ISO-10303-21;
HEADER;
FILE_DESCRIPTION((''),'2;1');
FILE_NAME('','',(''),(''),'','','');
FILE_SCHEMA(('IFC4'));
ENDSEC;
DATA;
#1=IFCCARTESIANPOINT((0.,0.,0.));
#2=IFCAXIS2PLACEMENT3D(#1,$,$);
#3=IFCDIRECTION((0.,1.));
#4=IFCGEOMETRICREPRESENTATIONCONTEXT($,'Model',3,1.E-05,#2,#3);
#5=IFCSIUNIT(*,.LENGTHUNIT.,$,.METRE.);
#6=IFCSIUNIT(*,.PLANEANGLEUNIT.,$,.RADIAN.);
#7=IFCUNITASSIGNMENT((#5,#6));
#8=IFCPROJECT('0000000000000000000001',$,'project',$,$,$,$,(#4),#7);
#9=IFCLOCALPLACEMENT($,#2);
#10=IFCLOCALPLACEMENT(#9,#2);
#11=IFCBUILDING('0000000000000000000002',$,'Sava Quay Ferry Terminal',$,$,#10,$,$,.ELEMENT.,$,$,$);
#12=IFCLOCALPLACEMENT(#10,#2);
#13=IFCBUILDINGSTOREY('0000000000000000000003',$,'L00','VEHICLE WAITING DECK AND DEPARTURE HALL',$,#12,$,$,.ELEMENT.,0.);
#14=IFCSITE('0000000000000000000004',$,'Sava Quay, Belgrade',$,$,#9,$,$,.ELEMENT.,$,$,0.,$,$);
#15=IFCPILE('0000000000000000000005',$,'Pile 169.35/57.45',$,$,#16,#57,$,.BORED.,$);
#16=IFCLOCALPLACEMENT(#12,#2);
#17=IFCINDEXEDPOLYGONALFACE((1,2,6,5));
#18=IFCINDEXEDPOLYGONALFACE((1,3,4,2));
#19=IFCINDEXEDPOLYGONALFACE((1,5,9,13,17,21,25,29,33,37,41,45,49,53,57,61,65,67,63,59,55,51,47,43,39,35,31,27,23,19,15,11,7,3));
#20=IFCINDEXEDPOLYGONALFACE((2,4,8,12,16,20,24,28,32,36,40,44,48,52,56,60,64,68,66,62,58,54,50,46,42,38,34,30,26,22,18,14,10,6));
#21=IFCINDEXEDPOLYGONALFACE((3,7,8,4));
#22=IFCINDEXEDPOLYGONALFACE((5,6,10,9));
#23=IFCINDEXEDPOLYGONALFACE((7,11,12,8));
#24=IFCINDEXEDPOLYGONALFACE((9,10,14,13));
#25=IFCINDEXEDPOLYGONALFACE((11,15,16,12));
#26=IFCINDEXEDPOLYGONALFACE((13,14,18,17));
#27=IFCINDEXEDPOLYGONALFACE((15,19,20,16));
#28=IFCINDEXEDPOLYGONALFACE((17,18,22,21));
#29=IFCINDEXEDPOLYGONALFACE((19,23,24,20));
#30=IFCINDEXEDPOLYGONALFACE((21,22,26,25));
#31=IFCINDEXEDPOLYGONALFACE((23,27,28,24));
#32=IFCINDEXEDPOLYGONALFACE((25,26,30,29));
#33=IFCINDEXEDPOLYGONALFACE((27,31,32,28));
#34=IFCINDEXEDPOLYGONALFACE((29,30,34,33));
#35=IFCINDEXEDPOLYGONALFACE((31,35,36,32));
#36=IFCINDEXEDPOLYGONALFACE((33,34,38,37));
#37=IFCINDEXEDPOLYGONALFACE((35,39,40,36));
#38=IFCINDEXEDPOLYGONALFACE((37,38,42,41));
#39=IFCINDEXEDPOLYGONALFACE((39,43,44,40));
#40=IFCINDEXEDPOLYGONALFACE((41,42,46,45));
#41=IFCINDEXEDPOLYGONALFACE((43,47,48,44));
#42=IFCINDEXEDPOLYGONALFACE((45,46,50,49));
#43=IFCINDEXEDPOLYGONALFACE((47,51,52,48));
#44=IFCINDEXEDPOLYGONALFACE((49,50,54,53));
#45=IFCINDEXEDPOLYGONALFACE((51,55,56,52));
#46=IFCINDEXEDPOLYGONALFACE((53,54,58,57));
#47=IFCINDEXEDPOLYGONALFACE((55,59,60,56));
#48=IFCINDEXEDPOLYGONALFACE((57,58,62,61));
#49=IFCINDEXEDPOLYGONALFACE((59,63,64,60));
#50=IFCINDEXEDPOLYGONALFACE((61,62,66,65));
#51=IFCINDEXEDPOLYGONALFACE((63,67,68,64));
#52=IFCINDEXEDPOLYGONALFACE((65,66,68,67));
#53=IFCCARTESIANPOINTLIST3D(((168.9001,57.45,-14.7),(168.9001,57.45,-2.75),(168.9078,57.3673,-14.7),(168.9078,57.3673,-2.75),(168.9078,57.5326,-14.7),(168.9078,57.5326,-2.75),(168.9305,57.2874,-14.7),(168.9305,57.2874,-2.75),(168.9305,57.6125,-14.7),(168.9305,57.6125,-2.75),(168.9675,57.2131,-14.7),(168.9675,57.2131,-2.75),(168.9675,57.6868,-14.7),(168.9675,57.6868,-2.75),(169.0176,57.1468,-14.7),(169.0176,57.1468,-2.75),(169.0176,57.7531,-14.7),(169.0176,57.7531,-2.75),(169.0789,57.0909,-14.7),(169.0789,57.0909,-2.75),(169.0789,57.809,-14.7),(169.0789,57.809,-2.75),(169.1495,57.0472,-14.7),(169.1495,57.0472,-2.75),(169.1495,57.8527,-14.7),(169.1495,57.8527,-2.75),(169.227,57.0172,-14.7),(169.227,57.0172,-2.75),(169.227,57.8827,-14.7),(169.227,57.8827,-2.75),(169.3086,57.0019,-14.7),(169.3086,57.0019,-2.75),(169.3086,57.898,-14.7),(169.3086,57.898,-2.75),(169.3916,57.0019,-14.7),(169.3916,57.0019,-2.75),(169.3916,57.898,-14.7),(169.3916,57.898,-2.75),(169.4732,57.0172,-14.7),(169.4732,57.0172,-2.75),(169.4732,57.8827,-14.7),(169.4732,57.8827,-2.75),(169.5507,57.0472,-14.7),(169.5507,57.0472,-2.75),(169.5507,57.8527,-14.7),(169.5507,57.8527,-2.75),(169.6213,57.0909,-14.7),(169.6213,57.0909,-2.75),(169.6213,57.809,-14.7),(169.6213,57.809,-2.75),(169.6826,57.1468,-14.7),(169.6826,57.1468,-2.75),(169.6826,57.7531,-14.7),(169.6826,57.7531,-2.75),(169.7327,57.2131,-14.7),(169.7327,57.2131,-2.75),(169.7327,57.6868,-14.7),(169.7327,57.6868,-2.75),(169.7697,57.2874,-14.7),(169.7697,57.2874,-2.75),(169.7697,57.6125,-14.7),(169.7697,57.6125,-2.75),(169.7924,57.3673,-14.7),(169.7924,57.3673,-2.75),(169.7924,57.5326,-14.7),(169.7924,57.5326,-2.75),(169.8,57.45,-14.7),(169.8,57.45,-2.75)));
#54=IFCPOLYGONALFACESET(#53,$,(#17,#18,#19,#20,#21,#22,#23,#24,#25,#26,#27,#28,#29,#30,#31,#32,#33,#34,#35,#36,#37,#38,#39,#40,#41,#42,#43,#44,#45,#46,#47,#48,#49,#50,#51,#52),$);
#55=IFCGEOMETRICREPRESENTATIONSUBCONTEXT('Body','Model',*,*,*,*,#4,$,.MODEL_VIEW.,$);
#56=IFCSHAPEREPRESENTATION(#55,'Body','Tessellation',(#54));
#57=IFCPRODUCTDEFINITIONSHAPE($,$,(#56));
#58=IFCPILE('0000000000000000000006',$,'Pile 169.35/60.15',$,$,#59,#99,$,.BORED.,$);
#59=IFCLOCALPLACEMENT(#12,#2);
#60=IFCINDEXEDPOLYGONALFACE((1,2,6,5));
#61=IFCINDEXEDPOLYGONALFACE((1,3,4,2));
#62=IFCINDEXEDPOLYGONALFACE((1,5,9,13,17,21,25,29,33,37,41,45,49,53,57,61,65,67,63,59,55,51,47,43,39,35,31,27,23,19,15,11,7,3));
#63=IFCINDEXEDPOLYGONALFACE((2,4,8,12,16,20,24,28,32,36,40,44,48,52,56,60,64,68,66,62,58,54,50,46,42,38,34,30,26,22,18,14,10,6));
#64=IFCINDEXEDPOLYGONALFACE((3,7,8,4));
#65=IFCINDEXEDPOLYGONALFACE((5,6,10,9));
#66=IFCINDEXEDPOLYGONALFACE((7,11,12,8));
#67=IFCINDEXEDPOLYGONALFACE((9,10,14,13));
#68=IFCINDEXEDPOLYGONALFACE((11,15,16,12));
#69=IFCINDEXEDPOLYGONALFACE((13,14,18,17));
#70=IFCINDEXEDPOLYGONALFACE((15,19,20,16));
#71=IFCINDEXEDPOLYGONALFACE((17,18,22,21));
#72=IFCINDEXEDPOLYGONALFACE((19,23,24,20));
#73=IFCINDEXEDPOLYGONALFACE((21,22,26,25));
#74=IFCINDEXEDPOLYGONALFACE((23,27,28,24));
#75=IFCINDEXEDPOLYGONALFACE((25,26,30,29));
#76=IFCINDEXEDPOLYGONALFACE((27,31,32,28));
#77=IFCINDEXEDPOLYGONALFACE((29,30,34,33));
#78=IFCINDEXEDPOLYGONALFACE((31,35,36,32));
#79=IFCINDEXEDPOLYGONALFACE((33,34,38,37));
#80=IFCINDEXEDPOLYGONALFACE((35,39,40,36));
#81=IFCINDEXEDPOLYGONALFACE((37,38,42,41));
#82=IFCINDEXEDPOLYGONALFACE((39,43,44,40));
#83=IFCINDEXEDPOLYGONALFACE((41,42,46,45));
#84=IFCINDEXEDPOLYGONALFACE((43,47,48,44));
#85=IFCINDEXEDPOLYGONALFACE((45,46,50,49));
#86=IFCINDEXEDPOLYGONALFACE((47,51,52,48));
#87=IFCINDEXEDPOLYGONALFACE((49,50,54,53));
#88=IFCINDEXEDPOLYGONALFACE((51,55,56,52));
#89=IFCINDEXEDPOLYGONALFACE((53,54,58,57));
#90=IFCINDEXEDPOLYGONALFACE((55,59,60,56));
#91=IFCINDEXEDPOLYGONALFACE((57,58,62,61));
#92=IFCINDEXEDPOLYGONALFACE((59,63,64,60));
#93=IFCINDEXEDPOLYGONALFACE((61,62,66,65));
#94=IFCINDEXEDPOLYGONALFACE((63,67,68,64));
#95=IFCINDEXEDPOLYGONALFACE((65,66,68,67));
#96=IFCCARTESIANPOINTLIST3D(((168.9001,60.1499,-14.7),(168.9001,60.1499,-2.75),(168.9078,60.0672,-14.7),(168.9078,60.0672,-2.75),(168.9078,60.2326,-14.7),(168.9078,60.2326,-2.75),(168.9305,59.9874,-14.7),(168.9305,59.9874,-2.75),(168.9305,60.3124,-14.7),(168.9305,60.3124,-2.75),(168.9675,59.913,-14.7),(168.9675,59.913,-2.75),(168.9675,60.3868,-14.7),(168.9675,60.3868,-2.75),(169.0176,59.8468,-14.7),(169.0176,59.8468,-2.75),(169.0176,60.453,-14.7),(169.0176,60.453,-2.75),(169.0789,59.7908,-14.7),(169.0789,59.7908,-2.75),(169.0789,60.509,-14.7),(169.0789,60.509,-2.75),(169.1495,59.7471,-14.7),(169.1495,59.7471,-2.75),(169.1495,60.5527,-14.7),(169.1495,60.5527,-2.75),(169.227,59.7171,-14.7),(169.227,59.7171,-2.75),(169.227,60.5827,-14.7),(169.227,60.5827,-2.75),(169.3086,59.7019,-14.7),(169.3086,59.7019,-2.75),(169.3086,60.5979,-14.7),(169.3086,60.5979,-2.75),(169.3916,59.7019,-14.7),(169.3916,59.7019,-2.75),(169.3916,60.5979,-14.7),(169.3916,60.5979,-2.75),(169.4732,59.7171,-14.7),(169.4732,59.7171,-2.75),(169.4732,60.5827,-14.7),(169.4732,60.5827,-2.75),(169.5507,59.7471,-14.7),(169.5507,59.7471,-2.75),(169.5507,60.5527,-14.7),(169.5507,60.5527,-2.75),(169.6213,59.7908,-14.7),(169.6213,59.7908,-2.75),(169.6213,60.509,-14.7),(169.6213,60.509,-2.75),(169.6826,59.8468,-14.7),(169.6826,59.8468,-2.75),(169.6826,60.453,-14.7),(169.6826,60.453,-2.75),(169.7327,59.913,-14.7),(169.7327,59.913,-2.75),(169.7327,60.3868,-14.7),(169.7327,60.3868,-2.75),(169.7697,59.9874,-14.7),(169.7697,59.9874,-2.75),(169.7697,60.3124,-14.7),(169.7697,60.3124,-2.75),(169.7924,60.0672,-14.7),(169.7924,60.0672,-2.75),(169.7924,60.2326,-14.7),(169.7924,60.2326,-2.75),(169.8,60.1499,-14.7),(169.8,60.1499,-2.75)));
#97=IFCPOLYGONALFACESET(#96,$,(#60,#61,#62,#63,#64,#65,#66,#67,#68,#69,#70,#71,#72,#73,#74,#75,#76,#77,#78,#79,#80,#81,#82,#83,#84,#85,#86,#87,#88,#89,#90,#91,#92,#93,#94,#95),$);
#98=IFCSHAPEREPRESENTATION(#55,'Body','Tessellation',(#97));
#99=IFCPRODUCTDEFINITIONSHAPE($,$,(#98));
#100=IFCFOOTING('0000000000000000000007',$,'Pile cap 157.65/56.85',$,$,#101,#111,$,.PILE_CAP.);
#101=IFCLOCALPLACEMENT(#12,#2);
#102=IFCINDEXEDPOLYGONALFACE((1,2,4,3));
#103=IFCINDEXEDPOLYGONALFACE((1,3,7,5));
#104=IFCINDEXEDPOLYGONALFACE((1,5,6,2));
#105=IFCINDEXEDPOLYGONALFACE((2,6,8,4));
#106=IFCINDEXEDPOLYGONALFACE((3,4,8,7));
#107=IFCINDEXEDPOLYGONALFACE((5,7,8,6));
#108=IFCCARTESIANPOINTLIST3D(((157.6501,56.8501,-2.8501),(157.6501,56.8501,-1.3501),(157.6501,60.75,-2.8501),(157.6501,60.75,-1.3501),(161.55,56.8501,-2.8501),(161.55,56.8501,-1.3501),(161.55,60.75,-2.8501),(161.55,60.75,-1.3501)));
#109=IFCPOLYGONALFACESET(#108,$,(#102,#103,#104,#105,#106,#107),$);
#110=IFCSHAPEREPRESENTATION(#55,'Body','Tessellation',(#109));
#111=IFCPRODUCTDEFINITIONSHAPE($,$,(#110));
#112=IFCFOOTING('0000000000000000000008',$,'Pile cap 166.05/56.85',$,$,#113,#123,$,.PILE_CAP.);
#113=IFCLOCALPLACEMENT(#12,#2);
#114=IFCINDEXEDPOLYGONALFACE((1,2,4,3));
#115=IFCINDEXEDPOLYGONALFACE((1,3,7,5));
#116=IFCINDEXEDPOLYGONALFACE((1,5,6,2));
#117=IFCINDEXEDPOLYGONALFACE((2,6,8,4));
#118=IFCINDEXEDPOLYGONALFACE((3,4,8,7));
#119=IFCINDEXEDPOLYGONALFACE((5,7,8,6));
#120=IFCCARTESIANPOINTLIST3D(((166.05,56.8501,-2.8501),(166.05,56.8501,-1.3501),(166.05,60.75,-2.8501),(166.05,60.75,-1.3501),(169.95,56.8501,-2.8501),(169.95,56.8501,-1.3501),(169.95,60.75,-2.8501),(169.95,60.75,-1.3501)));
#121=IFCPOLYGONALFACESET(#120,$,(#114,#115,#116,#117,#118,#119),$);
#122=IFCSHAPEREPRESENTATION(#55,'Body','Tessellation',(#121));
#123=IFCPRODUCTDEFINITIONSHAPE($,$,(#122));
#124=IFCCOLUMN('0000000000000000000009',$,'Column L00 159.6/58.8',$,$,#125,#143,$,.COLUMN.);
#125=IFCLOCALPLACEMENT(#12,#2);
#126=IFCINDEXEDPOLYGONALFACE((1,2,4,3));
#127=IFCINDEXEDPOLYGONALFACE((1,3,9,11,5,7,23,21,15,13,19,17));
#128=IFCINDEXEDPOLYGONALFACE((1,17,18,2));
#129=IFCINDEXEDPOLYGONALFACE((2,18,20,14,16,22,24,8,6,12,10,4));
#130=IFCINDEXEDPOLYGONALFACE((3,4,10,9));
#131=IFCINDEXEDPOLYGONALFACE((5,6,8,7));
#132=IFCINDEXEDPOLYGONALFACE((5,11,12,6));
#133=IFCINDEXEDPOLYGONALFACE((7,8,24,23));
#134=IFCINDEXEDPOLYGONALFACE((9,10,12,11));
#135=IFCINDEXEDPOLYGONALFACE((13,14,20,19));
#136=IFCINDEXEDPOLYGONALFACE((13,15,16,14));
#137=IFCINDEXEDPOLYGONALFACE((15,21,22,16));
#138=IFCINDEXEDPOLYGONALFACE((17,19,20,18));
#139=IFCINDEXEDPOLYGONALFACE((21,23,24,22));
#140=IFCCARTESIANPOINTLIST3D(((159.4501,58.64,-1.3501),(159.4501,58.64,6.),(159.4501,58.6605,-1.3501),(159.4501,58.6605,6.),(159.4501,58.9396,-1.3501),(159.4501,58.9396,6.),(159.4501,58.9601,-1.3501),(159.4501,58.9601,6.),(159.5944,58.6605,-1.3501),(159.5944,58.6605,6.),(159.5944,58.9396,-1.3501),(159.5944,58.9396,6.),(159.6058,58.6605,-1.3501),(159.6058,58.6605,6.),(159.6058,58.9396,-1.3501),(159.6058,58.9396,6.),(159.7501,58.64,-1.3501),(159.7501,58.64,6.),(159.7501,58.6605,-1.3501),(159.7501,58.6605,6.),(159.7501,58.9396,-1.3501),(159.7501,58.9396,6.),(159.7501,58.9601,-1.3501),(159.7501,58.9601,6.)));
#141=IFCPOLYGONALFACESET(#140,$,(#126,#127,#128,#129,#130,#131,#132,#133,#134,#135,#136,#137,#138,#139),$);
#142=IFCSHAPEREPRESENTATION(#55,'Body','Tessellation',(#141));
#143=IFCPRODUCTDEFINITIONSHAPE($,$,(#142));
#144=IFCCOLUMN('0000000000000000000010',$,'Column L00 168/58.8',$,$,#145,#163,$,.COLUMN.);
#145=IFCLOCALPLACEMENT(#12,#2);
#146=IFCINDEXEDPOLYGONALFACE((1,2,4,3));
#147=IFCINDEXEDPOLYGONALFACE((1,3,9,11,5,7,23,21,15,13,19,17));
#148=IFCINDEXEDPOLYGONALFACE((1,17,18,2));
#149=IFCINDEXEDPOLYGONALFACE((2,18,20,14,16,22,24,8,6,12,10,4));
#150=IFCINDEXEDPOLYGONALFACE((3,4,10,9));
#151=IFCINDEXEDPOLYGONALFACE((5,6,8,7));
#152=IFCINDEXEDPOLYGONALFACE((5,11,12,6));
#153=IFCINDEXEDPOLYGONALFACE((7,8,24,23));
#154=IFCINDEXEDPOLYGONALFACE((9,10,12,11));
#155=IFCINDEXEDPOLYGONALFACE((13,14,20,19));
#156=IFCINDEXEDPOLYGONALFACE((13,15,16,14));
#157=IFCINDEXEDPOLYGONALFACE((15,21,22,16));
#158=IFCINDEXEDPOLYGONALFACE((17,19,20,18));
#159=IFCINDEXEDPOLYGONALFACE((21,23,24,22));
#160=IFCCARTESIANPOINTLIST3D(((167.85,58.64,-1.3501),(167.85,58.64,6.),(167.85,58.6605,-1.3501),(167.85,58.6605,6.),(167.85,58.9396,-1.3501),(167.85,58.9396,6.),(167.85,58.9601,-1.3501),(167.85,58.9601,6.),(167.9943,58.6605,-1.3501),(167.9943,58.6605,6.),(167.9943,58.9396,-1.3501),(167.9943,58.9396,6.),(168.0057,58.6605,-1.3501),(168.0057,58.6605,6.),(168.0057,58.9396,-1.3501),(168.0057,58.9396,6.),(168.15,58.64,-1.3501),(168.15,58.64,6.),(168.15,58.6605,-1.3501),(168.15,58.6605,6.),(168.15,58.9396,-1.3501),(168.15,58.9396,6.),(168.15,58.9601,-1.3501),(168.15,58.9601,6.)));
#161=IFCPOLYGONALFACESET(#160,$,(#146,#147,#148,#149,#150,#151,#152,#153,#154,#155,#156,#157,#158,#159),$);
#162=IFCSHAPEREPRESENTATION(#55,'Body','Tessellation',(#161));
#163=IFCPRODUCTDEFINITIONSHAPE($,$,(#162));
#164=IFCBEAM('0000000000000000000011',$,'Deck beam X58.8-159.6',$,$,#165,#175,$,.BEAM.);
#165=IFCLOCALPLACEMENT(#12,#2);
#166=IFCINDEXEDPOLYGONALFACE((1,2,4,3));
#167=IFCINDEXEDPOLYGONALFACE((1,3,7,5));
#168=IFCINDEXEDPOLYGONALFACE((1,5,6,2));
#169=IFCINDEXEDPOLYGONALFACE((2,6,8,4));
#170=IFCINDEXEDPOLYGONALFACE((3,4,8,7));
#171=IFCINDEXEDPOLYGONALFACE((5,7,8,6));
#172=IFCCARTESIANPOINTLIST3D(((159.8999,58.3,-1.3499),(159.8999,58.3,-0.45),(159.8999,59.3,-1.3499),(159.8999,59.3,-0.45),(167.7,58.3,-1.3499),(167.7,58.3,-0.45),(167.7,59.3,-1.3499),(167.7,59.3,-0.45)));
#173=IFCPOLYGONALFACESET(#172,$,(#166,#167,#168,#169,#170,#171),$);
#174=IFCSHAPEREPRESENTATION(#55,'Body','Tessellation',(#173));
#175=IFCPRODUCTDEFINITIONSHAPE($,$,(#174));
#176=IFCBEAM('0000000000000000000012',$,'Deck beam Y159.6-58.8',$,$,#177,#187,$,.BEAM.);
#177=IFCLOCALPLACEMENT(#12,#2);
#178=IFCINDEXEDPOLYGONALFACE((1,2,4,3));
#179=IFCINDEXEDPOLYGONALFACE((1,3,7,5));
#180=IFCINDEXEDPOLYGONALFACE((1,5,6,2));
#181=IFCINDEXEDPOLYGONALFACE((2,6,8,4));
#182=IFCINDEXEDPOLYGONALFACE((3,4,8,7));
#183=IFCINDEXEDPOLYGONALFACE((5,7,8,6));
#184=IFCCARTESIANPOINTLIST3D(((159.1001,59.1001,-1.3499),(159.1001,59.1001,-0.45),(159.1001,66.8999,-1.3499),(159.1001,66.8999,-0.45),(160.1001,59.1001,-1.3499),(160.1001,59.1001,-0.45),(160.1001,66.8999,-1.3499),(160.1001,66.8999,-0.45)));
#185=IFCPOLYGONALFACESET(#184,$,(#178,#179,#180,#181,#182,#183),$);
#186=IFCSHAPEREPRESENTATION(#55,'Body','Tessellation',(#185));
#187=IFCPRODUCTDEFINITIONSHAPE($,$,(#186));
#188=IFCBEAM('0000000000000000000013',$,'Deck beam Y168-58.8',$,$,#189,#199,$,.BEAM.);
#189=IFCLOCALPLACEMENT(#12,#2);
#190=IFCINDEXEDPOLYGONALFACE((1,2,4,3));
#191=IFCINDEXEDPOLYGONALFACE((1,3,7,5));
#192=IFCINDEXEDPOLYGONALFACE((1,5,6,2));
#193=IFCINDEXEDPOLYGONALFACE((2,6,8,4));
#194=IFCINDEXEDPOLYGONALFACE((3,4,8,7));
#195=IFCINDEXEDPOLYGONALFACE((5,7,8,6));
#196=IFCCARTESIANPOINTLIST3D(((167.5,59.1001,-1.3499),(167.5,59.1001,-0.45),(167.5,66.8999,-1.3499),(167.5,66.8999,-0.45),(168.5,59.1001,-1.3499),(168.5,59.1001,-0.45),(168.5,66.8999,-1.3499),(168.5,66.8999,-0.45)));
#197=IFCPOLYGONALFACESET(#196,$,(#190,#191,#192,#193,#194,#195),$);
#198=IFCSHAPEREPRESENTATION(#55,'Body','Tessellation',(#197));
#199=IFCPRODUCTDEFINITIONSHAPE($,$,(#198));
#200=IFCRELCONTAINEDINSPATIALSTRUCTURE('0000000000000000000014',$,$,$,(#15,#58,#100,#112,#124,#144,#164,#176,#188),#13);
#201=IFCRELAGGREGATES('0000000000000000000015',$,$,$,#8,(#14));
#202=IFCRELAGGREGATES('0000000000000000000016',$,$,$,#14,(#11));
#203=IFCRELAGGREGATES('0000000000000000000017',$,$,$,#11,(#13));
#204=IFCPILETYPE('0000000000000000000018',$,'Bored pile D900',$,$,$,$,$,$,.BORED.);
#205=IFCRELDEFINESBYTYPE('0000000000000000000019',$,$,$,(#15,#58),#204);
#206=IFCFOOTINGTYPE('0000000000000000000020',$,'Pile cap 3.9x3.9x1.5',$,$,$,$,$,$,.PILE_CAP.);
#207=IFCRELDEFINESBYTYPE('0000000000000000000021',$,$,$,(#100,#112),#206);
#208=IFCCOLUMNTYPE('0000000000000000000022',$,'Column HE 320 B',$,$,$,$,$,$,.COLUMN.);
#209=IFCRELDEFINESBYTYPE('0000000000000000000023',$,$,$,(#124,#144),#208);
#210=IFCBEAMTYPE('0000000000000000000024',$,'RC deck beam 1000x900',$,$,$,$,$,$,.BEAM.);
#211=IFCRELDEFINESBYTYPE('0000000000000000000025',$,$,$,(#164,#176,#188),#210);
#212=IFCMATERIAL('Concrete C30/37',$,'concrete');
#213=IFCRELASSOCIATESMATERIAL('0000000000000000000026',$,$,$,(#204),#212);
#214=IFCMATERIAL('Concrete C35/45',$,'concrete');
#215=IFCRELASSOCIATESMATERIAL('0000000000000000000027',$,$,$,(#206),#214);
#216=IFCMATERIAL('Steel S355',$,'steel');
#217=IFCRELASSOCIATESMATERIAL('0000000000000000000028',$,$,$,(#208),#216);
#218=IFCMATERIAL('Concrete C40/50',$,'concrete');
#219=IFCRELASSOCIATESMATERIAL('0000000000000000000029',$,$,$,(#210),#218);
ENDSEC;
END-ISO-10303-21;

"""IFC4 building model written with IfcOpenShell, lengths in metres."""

from ifc_helpers import new_model, si_unit, direction, frame, origin, origin_2d, place, context, subcontext, project, spatial, rectangle, circle, i_section, extrude, material, material_profile, profile_set, type_object, element, save


model = new_model("IFC4")

# Units and contexts
model_context = context("Model", 3, precision=1e-05, world=origin(), true_north=direction((0.0, 1.0)))
body_context = subcontext(model_context, "Body", "Model", "MODEL_VIEW")
ifc_project = project(units=[si_unit("LENGTHUNIT", "METRE"), si_unit("PLANEANGLEUNIT", "RADIAN")], contexts=[model_context])

# Site, building, storey
site_placement = place(None, origin())
site = spatial("IfcSite", under=ifc_project, at=site_placement, Name="Sava Quay, Belgrade", CompositionType="ELEMENT", RefElevation=0.0)
building_placement = place(site_placement, origin())
building = spatial("IfcBuilding", under=site, at=building_placement, Name="Sava Quay Ferry Terminal", CompositionType="ELEMENT")
storey_placement = place(building_placement, origin())
storey = spatial("IfcBuildingStorey", under=building, at=storey_placement, Name="L00", Description="VEHICLE WAITING DECK AND DEPARTURE HALL", CompositionType="ELEMENT", Elevation=0.0)

# Piles
ifc_material_1 = material(Name="Concrete C30/37", Category="concrete")
ifc_material_profile_1 = material_profile(ifc_material_1, circle(Radius=0.45, at=origin_2d()), Name="Bored pile D900")
ifc_profile_set_1 = profile_set([ifc_material_profile_1], Name="Concrete C30/37")
pile_type = type_object("IfcPileType", Name="Bored pile D900", PredefinedType="BORED", material=ifc_profile_set_1)
for number, where, z_axis, x_axis, name in (
    (1, (169.3501, 57.45, -2.75), (0.0, 0.0, -1.0), (1.0, 0.0, 0.0), "Pile 169.35/57.45"),
    (2, (169.3501, 60.1499, -2.75), (0.0, 0.0, -1.0), (1.0, 0.0, 0.0), "Pile 169.35/60.15"),
):
    element("IfcPile", number, at=place(storey_placement, frame(where, z_axis=z_axis, x_axis=x_axis)), inside=storey, type_object=pile_type, Name=name, PredefinedType="BORED", context=body_context, shape_type="SweptSolid", body=[
        extrude(circle(Radius=0.45, at=origin_2d()), origin(), (0.0, 0.0, 1.0), 11.95),
    ])

# Footings
ifc_material_2 = material(Name="Concrete C35/45", Category="concrete")
footing_type = type_object("IfcFootingType", Name="Pile cap 3.9x3.9x1.5", PredefinedType="PILE_CAP", material=ifc_material_2)
for number, where, z_axis, x_axis, name in (
    (3, (159.6001, 58.8, -2.8501), (0.0, 0.0, 1.0), (1.0, 0.0, 0.0), "Pile cap 157.65/56.85"),
    (4, (168.0, 58.8, -2.8501), (0.0, 0.0, 1.0), (1.0, 0.0, 0.0), "Pile cap 166.05/56.85"),
):
    element("IfcFooting", number, at=place(storey_placement, frame(where, z_axis=z_axis, x_axis=x_axis)), inside=storey, type_object=footing_type, Name=name, PredefinedType="PILE_CAP", context=body_context, shape_type="SweptSolid", body=[
        extrude(rectangle(XDim=3.8999, YDim=3.8999, at=origin_2d()), origin(), (0.0, 0.0, 1.0), 1.5),
    ])

# Columns
ifc_material_3 = material(Name="Steel S355", Category="steel")
ifc_material_profile_2 = material_profile(ifc_material_3, i_section(OverallWidth=0.3, OverallDepth=0.3201, WebThickness=0.0115, FlangeThickness=0.0205, at=origin_2d()), Name="HE 320 B")
ifc_profile_set_2 = profile_set([ifc_material_profile_2], Name="Steel S355")
column_type = type_object("IfcColumnType", Name="Column HE 320 B", PredefinedType="COLUMN", material=ifc_profile_set_2)
for number, where, z_axis, x_axis, name in (
    (5, (159.6001, 58.8, -1.3501), (0.0, 0.0, 1.0), (1.0, 0.0, 0.0), "Column L00 159.6/58.8"),
    (6, (168.0, 58.8, -1.3501), (0.0, 0.0, 1.0), (1.0, 0.0, 0.0), "Column L00 168/58.8"),
):
    element("IfcColumn", number, at=place(storey_placement, frame(where, z_axis=z_axis, x_axis=x_axis)), inside=storey, type_object=column_type, Name=name, PredefinedType="COLUMN", context=body_context, shape_type="SweptSolid", body=[
        extrude(i_section(OverallWidth=0.3, OverallDepth=0.3201, WebThickness=0.0115, FlangeThickness=0.0205, at=origin_2d()), origin(), (0.0, 0.0, 1.0), 7.3501),
    ])

# Beams
ifc_material_4 = material(Name="Concrete C40/50", Category="concrete")
ifc_material_profile_3 = material_profile(ifc_material_4, rectangle(XDim=1.0, YDim=0.8999, at=origin_2d()), Name="RC 1000x900")
ifc_profile_set_3 = profile_set([ifc_material_profile_3], Name="Concrete C40/50")
beam_type = type_object("IfcBeamType", Name="RC deck beam 1000x900", PredefinedType="BEAM", material=ifc_profile_set_3)
beam_placement = place(storey_placement, frame((159.8999, 58.8, -0.8999), z_axis=(1.0, 0.0, 0.0), x_axis=(0.0, 1.0, 0.0)))
element("IfcBeam", 7, at=beam_placement, inside=storey, type_object=beam_type, Name="Deck beam X58.8-159.6", PredefinedType="BEAM", context=body_context, shape_type="SweptSolid", body=[
    extrude(rectangle(XDim=1.0, YDim=0.8999, at=origin_2d()), origin(), (0.0, 0.0, 1.0), 7.8),
])
for number, where, z_axis, x_axis, name in (
    (8, (159.6001, 59.1001, -0.8999), (0.0, 1.0, 0.0), (-1.0, 0.0, 0.0), "Deck beam Y159.6-58.8"),
    (9, (168.0, 59.1001, -0.8999), (0.0, 1.0, 0.0), (-1.0, 0.0, 0.0), "Deck beam Y168-58.8"),
):
    element("IfcBeam", number, at=place(storey_placement, frame(where, z_axis=z_axis, x_axis=x_axis)), inside=storey, type_object=beam_type, Name=name, PredefinedType="BEAM", context=body_context, shape_type="SweptSolid", body=[
        extrude(rectangle(XDim=1.0, YDim=0.8999, at=origin_2d()), origin(), (0.0, 0.0, 1.0), 7.7998),
    ])

save(model, "model.ifc")
